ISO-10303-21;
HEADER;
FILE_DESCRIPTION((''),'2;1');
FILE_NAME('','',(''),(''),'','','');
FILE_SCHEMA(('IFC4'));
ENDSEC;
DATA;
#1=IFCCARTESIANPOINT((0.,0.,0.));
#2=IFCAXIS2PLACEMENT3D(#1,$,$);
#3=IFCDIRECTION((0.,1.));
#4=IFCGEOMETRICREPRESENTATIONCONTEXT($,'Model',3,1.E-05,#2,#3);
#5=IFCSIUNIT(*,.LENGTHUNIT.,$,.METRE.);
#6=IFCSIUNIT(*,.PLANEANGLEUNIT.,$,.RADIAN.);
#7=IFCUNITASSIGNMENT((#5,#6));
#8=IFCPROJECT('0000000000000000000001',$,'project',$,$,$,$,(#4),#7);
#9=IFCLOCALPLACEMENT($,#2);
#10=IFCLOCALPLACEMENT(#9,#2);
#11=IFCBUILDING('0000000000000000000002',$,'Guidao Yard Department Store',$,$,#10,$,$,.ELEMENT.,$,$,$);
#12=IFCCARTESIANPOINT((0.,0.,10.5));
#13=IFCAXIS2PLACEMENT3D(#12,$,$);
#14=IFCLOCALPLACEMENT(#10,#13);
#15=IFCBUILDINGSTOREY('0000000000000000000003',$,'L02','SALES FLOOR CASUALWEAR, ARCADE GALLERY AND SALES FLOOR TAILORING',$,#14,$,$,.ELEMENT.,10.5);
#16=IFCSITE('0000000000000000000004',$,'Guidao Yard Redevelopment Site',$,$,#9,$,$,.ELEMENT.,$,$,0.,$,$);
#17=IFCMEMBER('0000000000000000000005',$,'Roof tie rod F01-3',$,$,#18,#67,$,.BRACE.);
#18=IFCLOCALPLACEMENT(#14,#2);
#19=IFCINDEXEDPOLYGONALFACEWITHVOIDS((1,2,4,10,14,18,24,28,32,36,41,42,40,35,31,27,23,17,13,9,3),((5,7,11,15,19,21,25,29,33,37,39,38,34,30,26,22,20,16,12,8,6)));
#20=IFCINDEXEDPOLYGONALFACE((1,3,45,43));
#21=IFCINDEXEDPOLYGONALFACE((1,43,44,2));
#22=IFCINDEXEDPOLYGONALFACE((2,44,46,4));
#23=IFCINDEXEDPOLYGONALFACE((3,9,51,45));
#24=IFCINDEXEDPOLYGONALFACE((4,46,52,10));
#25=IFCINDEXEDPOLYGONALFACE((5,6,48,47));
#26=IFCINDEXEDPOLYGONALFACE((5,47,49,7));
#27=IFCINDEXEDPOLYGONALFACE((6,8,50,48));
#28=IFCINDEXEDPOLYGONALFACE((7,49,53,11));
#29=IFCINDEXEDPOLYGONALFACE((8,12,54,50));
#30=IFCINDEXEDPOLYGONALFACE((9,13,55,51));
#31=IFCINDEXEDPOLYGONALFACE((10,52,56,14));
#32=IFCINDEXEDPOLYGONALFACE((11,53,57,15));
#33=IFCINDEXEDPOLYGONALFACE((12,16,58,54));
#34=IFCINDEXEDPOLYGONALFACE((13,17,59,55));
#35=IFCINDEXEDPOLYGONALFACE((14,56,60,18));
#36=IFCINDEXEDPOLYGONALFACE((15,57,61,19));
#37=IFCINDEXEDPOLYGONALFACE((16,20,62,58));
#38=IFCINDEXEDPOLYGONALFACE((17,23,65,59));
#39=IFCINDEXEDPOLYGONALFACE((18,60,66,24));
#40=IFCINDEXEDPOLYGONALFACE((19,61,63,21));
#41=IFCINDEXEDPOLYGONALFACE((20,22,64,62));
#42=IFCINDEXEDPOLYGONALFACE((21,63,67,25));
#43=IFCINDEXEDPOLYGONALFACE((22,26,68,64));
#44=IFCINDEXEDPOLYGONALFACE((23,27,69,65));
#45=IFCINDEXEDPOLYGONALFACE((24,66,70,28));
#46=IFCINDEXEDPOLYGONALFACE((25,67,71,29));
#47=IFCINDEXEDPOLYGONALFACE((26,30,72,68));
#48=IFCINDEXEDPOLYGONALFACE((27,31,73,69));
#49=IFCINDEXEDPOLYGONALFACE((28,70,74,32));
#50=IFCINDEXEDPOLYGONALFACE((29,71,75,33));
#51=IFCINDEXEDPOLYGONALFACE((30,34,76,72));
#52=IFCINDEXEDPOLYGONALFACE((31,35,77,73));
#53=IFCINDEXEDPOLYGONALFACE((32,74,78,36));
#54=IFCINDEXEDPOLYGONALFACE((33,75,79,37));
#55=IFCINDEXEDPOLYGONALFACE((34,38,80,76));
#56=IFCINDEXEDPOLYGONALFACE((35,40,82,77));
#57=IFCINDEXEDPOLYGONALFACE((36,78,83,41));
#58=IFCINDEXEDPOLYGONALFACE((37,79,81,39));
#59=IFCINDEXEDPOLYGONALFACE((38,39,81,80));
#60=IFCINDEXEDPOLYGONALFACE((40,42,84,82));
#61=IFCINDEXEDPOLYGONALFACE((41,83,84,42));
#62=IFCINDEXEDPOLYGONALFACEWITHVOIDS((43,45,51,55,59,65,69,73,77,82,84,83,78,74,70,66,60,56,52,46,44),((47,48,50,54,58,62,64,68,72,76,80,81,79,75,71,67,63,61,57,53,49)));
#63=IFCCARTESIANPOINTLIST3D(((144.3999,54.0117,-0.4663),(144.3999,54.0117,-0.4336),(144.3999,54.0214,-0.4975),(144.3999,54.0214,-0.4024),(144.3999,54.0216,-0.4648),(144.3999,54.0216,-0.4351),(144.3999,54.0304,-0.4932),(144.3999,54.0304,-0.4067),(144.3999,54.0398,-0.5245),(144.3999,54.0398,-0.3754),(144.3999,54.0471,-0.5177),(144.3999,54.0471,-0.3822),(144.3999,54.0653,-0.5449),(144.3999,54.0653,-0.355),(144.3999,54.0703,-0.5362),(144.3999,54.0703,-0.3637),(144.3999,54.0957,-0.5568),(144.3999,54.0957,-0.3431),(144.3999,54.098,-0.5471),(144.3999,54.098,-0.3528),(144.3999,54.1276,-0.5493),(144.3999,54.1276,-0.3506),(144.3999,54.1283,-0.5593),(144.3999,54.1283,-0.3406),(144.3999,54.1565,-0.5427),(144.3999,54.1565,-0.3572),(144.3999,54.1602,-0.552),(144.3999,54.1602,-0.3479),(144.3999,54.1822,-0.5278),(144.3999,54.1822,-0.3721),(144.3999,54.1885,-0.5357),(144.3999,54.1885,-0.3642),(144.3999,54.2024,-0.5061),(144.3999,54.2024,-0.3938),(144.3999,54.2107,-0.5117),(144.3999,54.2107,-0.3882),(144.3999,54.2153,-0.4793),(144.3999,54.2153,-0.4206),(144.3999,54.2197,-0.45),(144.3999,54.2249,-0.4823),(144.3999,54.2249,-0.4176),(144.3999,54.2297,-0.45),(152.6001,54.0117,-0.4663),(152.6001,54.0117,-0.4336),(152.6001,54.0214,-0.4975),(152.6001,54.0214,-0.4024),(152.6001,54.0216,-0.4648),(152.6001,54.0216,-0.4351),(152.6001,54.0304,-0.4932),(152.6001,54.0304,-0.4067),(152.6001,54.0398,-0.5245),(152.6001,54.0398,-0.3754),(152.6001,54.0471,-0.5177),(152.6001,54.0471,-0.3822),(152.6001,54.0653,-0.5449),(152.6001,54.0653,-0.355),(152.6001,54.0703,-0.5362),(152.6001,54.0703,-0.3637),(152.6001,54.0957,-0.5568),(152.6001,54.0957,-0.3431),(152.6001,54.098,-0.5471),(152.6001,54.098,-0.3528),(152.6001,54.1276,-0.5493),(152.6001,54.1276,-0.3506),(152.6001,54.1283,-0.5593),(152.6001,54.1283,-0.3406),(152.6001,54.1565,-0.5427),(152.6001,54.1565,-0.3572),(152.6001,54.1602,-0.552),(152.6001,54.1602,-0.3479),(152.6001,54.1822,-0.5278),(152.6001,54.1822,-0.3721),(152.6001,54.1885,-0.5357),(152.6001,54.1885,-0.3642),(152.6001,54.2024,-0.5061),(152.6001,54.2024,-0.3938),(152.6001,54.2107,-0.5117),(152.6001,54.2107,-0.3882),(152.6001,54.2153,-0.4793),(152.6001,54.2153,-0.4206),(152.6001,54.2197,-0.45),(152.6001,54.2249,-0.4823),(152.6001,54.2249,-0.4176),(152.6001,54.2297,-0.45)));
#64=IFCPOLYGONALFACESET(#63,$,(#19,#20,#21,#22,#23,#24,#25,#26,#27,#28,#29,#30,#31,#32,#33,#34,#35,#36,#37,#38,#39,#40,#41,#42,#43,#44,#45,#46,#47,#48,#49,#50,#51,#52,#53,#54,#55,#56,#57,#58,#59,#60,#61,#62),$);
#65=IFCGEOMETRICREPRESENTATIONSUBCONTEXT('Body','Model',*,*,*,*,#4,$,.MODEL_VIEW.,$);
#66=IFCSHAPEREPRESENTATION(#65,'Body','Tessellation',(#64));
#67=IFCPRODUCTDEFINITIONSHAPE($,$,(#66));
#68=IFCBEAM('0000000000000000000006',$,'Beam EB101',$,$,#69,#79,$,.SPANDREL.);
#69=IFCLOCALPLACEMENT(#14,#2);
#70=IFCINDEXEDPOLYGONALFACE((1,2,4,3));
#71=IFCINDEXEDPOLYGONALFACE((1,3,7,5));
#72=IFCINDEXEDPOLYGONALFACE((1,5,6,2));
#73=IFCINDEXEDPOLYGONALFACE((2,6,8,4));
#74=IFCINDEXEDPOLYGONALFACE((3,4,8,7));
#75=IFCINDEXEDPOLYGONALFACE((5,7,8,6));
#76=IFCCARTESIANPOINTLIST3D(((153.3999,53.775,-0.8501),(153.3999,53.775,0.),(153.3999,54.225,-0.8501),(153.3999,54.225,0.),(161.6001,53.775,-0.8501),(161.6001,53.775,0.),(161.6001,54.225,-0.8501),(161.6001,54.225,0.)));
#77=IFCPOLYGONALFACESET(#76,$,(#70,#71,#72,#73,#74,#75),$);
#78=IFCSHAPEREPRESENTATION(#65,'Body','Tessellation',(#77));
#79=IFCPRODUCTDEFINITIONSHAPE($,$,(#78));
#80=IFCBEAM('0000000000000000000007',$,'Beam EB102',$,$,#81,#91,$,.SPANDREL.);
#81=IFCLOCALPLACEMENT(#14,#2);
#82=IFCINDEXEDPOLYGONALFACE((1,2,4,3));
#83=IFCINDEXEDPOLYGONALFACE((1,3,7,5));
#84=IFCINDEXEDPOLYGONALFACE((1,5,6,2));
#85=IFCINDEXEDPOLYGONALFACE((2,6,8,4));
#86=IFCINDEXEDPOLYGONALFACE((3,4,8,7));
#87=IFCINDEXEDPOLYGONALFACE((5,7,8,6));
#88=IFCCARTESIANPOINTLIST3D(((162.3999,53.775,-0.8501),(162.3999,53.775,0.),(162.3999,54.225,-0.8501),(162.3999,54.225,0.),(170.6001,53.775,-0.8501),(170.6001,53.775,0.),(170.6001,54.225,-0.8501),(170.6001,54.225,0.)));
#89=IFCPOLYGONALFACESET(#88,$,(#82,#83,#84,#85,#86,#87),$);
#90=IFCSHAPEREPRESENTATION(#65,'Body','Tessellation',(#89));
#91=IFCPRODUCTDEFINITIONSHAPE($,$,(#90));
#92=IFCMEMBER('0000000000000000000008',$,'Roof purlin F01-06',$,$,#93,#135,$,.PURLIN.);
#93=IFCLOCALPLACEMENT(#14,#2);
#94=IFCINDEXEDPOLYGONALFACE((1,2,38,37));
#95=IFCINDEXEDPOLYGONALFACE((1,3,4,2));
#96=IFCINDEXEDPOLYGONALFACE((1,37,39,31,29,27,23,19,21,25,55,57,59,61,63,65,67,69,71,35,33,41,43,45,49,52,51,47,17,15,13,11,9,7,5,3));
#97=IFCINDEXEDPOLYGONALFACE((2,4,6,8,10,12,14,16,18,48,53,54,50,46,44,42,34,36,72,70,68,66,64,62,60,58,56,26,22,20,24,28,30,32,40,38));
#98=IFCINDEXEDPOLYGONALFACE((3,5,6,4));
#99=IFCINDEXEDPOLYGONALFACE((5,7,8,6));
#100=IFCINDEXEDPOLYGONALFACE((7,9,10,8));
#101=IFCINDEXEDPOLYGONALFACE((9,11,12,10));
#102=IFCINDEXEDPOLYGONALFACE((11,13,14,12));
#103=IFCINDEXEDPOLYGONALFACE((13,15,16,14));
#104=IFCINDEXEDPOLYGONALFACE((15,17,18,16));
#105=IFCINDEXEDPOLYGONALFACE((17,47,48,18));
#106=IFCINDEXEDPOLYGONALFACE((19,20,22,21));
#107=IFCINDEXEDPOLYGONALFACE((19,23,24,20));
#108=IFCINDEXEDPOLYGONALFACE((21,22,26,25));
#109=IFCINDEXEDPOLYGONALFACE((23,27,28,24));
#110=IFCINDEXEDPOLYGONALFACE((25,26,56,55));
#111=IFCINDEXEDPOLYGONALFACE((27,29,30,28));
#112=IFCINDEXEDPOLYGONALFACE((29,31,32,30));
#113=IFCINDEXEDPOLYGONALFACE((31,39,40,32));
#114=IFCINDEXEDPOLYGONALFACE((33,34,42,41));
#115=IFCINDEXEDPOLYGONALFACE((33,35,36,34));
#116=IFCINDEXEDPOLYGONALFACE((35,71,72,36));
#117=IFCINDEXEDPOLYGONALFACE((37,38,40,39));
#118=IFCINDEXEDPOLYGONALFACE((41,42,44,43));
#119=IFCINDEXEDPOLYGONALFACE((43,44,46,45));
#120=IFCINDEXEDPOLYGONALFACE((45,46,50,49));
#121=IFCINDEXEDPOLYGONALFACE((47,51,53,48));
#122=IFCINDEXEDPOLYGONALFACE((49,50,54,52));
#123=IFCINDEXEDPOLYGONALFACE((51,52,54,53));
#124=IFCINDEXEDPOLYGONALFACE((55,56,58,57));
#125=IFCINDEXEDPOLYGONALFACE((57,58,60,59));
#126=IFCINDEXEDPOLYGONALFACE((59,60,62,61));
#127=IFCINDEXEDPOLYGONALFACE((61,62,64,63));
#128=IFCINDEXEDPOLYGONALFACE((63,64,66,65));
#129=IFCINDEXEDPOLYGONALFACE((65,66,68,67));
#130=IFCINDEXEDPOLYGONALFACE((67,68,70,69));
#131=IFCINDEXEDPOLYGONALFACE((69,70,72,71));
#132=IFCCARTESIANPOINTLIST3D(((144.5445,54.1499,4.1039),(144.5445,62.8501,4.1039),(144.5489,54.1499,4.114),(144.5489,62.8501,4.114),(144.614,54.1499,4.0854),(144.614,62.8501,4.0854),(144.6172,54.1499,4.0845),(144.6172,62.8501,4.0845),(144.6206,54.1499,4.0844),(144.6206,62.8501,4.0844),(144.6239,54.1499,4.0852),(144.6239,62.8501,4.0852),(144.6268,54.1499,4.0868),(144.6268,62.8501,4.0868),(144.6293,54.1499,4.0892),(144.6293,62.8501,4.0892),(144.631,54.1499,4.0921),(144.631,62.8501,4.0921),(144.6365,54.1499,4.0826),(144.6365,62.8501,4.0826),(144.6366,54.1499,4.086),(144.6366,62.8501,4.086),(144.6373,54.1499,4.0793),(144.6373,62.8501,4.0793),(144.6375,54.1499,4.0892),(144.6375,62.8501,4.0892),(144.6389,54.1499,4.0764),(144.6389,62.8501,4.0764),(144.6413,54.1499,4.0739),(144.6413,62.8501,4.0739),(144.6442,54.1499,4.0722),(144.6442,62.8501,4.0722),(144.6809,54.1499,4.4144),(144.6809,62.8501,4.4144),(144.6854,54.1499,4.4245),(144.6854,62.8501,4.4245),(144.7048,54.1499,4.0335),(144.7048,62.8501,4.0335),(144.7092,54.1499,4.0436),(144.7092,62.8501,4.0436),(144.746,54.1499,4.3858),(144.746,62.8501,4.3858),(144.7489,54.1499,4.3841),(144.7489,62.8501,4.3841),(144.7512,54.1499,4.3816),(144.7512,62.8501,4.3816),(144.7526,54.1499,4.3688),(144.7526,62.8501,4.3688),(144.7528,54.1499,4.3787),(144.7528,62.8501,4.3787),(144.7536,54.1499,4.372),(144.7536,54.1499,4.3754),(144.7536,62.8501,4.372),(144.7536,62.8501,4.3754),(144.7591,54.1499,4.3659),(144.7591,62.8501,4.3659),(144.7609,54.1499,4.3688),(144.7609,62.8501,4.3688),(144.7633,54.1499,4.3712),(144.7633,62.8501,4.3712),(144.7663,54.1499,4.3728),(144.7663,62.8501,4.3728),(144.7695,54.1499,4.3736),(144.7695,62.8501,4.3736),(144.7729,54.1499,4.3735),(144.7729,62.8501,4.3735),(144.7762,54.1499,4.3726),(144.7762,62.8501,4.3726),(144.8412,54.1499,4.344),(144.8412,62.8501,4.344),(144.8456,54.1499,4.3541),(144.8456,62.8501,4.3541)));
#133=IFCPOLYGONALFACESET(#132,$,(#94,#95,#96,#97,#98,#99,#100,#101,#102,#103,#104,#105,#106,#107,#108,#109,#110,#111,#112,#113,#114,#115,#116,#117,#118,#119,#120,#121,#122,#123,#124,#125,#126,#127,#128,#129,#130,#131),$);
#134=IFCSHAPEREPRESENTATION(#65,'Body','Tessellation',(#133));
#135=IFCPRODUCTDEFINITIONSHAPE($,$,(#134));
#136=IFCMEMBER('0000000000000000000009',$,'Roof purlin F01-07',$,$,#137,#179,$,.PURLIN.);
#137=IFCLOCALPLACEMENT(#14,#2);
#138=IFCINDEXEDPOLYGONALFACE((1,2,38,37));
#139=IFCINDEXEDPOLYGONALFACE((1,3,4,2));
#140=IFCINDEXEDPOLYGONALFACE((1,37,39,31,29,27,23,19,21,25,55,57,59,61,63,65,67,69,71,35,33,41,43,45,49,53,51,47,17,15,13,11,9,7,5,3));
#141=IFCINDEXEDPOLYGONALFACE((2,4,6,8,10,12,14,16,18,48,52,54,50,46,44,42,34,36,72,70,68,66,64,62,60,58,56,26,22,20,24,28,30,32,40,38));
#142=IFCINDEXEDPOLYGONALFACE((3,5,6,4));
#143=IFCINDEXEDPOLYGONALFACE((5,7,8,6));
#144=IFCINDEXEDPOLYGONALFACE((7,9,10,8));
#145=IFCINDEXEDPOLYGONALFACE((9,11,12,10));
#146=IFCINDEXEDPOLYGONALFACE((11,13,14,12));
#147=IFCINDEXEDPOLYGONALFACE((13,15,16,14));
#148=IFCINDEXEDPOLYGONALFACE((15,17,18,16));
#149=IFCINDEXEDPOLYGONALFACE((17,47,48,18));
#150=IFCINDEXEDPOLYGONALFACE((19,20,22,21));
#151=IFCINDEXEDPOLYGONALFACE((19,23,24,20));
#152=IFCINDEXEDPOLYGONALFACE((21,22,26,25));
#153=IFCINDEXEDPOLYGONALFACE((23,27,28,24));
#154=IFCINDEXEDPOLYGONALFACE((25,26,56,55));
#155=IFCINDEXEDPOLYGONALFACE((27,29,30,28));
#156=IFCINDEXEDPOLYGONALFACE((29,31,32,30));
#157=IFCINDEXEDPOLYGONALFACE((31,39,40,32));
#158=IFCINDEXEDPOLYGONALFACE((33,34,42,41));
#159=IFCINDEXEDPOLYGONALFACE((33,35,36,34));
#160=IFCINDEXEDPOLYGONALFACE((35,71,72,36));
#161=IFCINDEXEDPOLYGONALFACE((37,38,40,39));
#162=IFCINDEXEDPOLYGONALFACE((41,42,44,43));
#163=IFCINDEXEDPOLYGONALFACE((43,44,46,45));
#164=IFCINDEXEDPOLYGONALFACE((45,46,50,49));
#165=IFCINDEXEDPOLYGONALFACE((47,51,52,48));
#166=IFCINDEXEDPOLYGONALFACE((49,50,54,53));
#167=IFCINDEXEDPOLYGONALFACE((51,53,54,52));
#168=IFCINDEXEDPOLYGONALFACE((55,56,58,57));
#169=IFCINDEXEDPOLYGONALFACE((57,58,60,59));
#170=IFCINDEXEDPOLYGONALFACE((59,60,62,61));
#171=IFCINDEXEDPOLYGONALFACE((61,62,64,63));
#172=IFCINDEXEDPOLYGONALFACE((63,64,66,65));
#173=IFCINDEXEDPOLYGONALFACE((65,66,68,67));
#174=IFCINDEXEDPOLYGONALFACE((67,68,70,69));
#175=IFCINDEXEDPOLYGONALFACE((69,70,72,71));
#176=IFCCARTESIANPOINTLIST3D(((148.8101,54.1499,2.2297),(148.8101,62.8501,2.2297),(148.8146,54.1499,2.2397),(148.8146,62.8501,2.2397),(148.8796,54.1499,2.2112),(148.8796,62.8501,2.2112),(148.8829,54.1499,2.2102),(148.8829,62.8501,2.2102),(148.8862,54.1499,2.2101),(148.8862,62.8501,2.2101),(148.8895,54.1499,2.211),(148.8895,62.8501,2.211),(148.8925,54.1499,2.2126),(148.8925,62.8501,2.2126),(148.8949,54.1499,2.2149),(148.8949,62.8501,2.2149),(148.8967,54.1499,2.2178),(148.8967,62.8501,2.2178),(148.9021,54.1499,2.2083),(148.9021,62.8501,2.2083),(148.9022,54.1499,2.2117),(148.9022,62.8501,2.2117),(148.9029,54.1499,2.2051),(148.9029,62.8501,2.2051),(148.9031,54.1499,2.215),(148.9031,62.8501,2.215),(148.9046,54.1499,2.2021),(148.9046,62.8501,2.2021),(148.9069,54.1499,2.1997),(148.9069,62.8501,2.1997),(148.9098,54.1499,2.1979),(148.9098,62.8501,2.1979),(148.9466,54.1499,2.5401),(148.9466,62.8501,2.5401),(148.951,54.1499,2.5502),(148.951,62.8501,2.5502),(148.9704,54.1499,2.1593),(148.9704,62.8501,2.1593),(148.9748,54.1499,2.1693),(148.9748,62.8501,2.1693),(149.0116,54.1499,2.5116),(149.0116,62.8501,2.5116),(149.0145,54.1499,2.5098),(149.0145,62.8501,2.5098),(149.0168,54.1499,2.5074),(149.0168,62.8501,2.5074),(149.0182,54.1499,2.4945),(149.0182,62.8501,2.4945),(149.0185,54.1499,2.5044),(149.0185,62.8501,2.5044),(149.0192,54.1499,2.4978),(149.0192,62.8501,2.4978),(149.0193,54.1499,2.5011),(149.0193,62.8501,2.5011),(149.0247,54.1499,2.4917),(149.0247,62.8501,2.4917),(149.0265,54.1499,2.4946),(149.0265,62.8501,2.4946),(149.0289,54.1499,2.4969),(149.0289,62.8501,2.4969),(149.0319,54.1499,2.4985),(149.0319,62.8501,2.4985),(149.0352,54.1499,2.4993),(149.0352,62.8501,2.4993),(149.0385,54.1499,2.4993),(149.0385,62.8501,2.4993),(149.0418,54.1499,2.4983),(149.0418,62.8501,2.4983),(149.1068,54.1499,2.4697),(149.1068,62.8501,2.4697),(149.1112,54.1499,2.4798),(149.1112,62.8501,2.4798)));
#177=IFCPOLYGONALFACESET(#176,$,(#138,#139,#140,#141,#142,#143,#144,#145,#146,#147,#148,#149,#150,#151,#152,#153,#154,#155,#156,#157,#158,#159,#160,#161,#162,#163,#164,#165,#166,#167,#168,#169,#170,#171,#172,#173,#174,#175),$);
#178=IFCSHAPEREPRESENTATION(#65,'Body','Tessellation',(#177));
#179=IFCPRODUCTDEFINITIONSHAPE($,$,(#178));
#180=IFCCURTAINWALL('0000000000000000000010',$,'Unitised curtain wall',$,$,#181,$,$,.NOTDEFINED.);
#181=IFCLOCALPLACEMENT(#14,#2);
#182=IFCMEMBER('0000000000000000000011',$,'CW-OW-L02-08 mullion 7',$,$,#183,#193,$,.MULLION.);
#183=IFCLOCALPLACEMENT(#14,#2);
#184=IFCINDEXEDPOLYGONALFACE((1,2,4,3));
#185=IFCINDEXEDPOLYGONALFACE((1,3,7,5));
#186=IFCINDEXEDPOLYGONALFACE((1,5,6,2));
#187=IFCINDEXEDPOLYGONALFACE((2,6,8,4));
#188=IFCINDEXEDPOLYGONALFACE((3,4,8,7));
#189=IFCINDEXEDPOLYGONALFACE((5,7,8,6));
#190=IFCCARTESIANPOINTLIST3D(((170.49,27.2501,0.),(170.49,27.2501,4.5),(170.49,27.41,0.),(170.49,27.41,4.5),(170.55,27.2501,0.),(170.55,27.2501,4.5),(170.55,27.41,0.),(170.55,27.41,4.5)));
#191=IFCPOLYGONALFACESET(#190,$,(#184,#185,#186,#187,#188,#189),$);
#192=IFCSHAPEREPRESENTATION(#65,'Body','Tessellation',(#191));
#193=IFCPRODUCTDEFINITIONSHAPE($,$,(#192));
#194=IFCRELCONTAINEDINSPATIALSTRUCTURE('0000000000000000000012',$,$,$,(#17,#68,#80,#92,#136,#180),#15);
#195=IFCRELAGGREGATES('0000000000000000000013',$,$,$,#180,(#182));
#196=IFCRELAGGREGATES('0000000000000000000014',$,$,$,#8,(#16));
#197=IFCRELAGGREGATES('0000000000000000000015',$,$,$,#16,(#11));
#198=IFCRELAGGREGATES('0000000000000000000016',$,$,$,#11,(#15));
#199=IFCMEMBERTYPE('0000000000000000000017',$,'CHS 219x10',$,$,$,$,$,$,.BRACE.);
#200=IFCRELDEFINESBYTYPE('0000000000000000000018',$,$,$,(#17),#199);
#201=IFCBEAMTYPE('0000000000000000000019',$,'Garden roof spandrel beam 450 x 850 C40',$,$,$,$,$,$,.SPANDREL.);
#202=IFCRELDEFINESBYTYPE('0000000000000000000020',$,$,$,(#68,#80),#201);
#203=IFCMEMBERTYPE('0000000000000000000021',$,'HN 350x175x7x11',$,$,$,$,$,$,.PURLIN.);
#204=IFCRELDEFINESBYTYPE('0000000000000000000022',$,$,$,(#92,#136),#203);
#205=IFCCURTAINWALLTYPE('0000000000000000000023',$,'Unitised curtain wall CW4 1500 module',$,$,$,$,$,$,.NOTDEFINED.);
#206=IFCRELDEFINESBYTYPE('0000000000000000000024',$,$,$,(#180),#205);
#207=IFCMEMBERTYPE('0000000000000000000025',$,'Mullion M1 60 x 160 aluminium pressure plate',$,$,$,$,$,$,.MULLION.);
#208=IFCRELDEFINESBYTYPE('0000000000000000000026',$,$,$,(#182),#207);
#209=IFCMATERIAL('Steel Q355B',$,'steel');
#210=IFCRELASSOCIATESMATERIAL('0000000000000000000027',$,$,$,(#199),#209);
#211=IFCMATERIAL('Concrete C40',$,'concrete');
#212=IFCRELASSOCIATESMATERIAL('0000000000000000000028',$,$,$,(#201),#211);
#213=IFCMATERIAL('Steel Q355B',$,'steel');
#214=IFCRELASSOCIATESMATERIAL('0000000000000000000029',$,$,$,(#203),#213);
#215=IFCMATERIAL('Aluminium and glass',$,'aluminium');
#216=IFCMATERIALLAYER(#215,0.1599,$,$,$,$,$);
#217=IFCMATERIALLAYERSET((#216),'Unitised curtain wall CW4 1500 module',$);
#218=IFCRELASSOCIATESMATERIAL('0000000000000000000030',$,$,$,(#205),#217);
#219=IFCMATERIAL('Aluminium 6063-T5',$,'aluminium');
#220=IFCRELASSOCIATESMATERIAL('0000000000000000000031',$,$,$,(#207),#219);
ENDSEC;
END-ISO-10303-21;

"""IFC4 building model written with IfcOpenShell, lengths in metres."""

from ifc_helpers import new_model, si_unit, direction, frame, origin, origin_2d, place, context, subcontext, project, spatial, rectangle, hollow_circle, i_section, extrude, material, layer, layer_set, material_profile, profile_set, type_object, element, aggregate, save


model = new_model("IFC4")

# Units and contexts
model_context = context("Model", 3, precision=1e-05, world=origin(), true_north=direction((0.0, 1.0)))
body_context = subcontext(model_context, "Body", "Model", "MODEL_VIEW")
ifc_project = project(units=[si_unit("LENGTHUNIT", "METRE"), si_unit("PLANEANGLEUNIT", "RADIAN")], contexts=[model_context])

# Site, building, storey
site_placement = place(None, origin())
site = spatial("IfcSite", under=ifc_project, at=site_placement, Name="Guidao Yard Redevelopment Site", CompositionType="ELEMENT", RefElevation=0.0)
building_placement = place(site_placement, origin())
building = spatial("IfcBuilding", under=site, at=building_placement, Name="Guidao Yard Department Store", CompositionType="ELEMENT")
storey_placement = place(building_placement, frame((0.0, 0.0, 10.5)))
storey = spatial("IfcBuildingStorey", under=building, at=storey_placement, Name="L02", Description="SALES FLOOR CASUALWEAR, ARCADE GALLERY AND SALES FLOOR TAILORING", CompositionType="ELEMENT", Elevation=10.5)

# Member
ifc_material_1 = material(Name="Steel Q355B", Category="steel")
ifc_material_profile_1 = material_profile(ifc_material_1, hollow_circle(Radius=0.1096, WallThickness=0.01, at=origin_2d()), Name="CHS 219x10")
ifc_profile_set_1 = profile_set([ifc_material_profile_1], Name="Steel Q355B")
member_type_1 = type_object("IfcMemberType", Name="CHS 219x10", PredefinedType="BRACE", material=ifc_profile_set_1)
member_1_placement = place(storey_placement, frame((144.3999, 54.1201, -0.45), z_axis=(1.0, 0.0, 0.0), x_axis=(0.0, 1.0, 0.0)))
element("IfcMember", 1, at=member_1_placement, inside=storey, type_object=member_type_1, Name="Roof tie rod F01-3", PredefinedType="BRACE", context=body_context, shape_type="SweptSolid", body=[
    extrude(hollow_circle(Radius=0.1096, WallThickness=0.01, at=origin_2d()), origin(), (0.0, 0.0, 1.0), 8.2002),
])

# Beams
ifc_material_2 = material(Name="Concrete C40", Category="concrete")
ifc_material_profile_2 = material_profile(ifc_material_2, rectangle(XDim=0.45, YDim=0.8501, at=origin_2d()), Name="Garden roof spandrel beam 450 x 850 C40")
ifc_profile_set_2 = profile_set([ifc_material_profile_2], Name="Concrete C40")
beam_type_1 = type_object("IfcBeamType", Name="Garden roof spandrel beam 450 x 850 C40", PredefinedType="SPANDREL", material=ifc_profile_set_2)
for number, where, z_axis, x_axis, name in (
    (2, (153.3999, 54.0, -0.425), (1.0, 0.0, 0.0), (0.0, 1.0, 0.0), "Beam EB101"),
    (3, (162.3999, 54.0, -0.425), (1.0, 0.0, 0.0), (0.0, 1.0, 0.0), "Beam EB102"),
):
    element("IfcBeam", number, at=place(storey_placement, frame(where, z_axis=z_axis, x_axis=x_axis)), inside=storey, type_object=beam_type_1, Name=name, PredefinedType="SPANDREL", context=body_context, shape_type="SweptSolid", body=[
        extrude(rectangle(XDim=0.45, YDim=0.8501, at=origin_2d()), origin(), (0.0, 0.0, 1.0), 8.2002),
    ])

# Members
ifc_material_3 = material(Name="Steel Q355B", Category="steel")
ifc_material_profile_3 = material_profile(ifc_material_3, i_section(OverallWidth=0.175, OverallDepth=0.3501, WebThickness=0.0071, FlangeThickness=0.011, FilletRadius=0.0129, at=origin_2d()), Name="HN 350x175x7x11")
ifc_profile_set_3 = profile_set([ifc_material_profile_3], Name="Steel Q355B")
member_type_2 = type_object("IfcMemberType", Name="HN 350x175x7x11", PredefinedType="PURLIN", material=ifc_profile_set_3)
for number, where, z_axis, x_axis, name in (
    (4, (144.6951, 54.1499, 4.229), (0.0, 1.0, 0.0), (-0.915526, 0.0, 0.402258), "Roof purlin F01-06"),
    (5, (148.9607, 54.1499, 2.3547), (0.0, 1.0, 0.0), (-0.915526, 0.0, 0.402258), "Roof purlin F01-07"),
):
    element("IfcMember", number, at=place(storey_placement, frame(where, z_axis=z_axis, x_axis=x_axis)), inside=storey, type_object=member_type_2, Name=name, PredefinedType="PURLIN", context=body_context, shape_type="SweptSolid", body=[
        extrude(i_section(OverallWidth=0.175, OverallDepth=0.3501, WebThickness=0.0071, FlangeThickness=0.011, FilletRadius=0.0129, at=origin_2d()), origin(), (0.0, 0.0, 1.0), 8.7002),
    ])

# Curtain wall, member
ifc_material_4 = material(Name="Aluminium and glass", Category="aluminium")
ifc_layer_1 = layer(ifc_material_4, 0.1599)
ifc_layer_set_1 = layer_set([ifc_layer_1], Name="Unitised curtain wall CW4 1500 module")
curtain_wall_type_1 = type_object("IfcCurtainWallType", Name="Unitised curtain wall CW4 1500 module", PredefinedType="NOTDEFINED", material=ifc_layer_set_1)
curtain_wall_1_placement = place(storey_placement, origin())
curtain_wall_1 = element("IfcCurtainWall", 6, at=curtain_wall_1_placement, inside=storey, type_object=curtain_wall_type_1, Name="Unitised curtain wall", PredefinedType="NOTDEFINED")
ifc_material_5 = material(Name="Aluminium 6063-T5", Category="aluminium")
ifc_material_profile_4 = material_profile(ifc_material_5, rectangle(XDim=0.0601, YDim=0.1599, at=origin_2d()), Name="Mullion M1 60 x 160 aluminium pressure plate")
ifc_profile_set_4 = profile_set([ifc_material_profile_4], Name="Aluminium 6063-T5")
member_type_3 = type_object("IfcMemberType", Name="Mullion M1 60 x 160 aluminium pressure plate", PredefinedType="MULLION", material=ifc_profile_set_4)
member_2_placement = place(storey_placement, frame((170.52, 27.3301, 0.0), z_axis=(0.0, 0.0, 1.0), x_axis=(1.0, 0.0, 0.0)))
member_2 = element("IfcMember", 7, at=member_2_placement, type_object=member_type_3, Name="CW-OW-L02-08 mullion 7", PredefinedType="MULLION", context=body_context, shape_type="SweptSolid", body=[
    extrude(rectangle(XDim=0.0601, YDim=0.1599, at=origin_2d()), origin(), (0.0, 0.0, 1.0), 4.5),
])

aggregate(curtain_wall_1, [member_2])

save(model, "model.ifc")
